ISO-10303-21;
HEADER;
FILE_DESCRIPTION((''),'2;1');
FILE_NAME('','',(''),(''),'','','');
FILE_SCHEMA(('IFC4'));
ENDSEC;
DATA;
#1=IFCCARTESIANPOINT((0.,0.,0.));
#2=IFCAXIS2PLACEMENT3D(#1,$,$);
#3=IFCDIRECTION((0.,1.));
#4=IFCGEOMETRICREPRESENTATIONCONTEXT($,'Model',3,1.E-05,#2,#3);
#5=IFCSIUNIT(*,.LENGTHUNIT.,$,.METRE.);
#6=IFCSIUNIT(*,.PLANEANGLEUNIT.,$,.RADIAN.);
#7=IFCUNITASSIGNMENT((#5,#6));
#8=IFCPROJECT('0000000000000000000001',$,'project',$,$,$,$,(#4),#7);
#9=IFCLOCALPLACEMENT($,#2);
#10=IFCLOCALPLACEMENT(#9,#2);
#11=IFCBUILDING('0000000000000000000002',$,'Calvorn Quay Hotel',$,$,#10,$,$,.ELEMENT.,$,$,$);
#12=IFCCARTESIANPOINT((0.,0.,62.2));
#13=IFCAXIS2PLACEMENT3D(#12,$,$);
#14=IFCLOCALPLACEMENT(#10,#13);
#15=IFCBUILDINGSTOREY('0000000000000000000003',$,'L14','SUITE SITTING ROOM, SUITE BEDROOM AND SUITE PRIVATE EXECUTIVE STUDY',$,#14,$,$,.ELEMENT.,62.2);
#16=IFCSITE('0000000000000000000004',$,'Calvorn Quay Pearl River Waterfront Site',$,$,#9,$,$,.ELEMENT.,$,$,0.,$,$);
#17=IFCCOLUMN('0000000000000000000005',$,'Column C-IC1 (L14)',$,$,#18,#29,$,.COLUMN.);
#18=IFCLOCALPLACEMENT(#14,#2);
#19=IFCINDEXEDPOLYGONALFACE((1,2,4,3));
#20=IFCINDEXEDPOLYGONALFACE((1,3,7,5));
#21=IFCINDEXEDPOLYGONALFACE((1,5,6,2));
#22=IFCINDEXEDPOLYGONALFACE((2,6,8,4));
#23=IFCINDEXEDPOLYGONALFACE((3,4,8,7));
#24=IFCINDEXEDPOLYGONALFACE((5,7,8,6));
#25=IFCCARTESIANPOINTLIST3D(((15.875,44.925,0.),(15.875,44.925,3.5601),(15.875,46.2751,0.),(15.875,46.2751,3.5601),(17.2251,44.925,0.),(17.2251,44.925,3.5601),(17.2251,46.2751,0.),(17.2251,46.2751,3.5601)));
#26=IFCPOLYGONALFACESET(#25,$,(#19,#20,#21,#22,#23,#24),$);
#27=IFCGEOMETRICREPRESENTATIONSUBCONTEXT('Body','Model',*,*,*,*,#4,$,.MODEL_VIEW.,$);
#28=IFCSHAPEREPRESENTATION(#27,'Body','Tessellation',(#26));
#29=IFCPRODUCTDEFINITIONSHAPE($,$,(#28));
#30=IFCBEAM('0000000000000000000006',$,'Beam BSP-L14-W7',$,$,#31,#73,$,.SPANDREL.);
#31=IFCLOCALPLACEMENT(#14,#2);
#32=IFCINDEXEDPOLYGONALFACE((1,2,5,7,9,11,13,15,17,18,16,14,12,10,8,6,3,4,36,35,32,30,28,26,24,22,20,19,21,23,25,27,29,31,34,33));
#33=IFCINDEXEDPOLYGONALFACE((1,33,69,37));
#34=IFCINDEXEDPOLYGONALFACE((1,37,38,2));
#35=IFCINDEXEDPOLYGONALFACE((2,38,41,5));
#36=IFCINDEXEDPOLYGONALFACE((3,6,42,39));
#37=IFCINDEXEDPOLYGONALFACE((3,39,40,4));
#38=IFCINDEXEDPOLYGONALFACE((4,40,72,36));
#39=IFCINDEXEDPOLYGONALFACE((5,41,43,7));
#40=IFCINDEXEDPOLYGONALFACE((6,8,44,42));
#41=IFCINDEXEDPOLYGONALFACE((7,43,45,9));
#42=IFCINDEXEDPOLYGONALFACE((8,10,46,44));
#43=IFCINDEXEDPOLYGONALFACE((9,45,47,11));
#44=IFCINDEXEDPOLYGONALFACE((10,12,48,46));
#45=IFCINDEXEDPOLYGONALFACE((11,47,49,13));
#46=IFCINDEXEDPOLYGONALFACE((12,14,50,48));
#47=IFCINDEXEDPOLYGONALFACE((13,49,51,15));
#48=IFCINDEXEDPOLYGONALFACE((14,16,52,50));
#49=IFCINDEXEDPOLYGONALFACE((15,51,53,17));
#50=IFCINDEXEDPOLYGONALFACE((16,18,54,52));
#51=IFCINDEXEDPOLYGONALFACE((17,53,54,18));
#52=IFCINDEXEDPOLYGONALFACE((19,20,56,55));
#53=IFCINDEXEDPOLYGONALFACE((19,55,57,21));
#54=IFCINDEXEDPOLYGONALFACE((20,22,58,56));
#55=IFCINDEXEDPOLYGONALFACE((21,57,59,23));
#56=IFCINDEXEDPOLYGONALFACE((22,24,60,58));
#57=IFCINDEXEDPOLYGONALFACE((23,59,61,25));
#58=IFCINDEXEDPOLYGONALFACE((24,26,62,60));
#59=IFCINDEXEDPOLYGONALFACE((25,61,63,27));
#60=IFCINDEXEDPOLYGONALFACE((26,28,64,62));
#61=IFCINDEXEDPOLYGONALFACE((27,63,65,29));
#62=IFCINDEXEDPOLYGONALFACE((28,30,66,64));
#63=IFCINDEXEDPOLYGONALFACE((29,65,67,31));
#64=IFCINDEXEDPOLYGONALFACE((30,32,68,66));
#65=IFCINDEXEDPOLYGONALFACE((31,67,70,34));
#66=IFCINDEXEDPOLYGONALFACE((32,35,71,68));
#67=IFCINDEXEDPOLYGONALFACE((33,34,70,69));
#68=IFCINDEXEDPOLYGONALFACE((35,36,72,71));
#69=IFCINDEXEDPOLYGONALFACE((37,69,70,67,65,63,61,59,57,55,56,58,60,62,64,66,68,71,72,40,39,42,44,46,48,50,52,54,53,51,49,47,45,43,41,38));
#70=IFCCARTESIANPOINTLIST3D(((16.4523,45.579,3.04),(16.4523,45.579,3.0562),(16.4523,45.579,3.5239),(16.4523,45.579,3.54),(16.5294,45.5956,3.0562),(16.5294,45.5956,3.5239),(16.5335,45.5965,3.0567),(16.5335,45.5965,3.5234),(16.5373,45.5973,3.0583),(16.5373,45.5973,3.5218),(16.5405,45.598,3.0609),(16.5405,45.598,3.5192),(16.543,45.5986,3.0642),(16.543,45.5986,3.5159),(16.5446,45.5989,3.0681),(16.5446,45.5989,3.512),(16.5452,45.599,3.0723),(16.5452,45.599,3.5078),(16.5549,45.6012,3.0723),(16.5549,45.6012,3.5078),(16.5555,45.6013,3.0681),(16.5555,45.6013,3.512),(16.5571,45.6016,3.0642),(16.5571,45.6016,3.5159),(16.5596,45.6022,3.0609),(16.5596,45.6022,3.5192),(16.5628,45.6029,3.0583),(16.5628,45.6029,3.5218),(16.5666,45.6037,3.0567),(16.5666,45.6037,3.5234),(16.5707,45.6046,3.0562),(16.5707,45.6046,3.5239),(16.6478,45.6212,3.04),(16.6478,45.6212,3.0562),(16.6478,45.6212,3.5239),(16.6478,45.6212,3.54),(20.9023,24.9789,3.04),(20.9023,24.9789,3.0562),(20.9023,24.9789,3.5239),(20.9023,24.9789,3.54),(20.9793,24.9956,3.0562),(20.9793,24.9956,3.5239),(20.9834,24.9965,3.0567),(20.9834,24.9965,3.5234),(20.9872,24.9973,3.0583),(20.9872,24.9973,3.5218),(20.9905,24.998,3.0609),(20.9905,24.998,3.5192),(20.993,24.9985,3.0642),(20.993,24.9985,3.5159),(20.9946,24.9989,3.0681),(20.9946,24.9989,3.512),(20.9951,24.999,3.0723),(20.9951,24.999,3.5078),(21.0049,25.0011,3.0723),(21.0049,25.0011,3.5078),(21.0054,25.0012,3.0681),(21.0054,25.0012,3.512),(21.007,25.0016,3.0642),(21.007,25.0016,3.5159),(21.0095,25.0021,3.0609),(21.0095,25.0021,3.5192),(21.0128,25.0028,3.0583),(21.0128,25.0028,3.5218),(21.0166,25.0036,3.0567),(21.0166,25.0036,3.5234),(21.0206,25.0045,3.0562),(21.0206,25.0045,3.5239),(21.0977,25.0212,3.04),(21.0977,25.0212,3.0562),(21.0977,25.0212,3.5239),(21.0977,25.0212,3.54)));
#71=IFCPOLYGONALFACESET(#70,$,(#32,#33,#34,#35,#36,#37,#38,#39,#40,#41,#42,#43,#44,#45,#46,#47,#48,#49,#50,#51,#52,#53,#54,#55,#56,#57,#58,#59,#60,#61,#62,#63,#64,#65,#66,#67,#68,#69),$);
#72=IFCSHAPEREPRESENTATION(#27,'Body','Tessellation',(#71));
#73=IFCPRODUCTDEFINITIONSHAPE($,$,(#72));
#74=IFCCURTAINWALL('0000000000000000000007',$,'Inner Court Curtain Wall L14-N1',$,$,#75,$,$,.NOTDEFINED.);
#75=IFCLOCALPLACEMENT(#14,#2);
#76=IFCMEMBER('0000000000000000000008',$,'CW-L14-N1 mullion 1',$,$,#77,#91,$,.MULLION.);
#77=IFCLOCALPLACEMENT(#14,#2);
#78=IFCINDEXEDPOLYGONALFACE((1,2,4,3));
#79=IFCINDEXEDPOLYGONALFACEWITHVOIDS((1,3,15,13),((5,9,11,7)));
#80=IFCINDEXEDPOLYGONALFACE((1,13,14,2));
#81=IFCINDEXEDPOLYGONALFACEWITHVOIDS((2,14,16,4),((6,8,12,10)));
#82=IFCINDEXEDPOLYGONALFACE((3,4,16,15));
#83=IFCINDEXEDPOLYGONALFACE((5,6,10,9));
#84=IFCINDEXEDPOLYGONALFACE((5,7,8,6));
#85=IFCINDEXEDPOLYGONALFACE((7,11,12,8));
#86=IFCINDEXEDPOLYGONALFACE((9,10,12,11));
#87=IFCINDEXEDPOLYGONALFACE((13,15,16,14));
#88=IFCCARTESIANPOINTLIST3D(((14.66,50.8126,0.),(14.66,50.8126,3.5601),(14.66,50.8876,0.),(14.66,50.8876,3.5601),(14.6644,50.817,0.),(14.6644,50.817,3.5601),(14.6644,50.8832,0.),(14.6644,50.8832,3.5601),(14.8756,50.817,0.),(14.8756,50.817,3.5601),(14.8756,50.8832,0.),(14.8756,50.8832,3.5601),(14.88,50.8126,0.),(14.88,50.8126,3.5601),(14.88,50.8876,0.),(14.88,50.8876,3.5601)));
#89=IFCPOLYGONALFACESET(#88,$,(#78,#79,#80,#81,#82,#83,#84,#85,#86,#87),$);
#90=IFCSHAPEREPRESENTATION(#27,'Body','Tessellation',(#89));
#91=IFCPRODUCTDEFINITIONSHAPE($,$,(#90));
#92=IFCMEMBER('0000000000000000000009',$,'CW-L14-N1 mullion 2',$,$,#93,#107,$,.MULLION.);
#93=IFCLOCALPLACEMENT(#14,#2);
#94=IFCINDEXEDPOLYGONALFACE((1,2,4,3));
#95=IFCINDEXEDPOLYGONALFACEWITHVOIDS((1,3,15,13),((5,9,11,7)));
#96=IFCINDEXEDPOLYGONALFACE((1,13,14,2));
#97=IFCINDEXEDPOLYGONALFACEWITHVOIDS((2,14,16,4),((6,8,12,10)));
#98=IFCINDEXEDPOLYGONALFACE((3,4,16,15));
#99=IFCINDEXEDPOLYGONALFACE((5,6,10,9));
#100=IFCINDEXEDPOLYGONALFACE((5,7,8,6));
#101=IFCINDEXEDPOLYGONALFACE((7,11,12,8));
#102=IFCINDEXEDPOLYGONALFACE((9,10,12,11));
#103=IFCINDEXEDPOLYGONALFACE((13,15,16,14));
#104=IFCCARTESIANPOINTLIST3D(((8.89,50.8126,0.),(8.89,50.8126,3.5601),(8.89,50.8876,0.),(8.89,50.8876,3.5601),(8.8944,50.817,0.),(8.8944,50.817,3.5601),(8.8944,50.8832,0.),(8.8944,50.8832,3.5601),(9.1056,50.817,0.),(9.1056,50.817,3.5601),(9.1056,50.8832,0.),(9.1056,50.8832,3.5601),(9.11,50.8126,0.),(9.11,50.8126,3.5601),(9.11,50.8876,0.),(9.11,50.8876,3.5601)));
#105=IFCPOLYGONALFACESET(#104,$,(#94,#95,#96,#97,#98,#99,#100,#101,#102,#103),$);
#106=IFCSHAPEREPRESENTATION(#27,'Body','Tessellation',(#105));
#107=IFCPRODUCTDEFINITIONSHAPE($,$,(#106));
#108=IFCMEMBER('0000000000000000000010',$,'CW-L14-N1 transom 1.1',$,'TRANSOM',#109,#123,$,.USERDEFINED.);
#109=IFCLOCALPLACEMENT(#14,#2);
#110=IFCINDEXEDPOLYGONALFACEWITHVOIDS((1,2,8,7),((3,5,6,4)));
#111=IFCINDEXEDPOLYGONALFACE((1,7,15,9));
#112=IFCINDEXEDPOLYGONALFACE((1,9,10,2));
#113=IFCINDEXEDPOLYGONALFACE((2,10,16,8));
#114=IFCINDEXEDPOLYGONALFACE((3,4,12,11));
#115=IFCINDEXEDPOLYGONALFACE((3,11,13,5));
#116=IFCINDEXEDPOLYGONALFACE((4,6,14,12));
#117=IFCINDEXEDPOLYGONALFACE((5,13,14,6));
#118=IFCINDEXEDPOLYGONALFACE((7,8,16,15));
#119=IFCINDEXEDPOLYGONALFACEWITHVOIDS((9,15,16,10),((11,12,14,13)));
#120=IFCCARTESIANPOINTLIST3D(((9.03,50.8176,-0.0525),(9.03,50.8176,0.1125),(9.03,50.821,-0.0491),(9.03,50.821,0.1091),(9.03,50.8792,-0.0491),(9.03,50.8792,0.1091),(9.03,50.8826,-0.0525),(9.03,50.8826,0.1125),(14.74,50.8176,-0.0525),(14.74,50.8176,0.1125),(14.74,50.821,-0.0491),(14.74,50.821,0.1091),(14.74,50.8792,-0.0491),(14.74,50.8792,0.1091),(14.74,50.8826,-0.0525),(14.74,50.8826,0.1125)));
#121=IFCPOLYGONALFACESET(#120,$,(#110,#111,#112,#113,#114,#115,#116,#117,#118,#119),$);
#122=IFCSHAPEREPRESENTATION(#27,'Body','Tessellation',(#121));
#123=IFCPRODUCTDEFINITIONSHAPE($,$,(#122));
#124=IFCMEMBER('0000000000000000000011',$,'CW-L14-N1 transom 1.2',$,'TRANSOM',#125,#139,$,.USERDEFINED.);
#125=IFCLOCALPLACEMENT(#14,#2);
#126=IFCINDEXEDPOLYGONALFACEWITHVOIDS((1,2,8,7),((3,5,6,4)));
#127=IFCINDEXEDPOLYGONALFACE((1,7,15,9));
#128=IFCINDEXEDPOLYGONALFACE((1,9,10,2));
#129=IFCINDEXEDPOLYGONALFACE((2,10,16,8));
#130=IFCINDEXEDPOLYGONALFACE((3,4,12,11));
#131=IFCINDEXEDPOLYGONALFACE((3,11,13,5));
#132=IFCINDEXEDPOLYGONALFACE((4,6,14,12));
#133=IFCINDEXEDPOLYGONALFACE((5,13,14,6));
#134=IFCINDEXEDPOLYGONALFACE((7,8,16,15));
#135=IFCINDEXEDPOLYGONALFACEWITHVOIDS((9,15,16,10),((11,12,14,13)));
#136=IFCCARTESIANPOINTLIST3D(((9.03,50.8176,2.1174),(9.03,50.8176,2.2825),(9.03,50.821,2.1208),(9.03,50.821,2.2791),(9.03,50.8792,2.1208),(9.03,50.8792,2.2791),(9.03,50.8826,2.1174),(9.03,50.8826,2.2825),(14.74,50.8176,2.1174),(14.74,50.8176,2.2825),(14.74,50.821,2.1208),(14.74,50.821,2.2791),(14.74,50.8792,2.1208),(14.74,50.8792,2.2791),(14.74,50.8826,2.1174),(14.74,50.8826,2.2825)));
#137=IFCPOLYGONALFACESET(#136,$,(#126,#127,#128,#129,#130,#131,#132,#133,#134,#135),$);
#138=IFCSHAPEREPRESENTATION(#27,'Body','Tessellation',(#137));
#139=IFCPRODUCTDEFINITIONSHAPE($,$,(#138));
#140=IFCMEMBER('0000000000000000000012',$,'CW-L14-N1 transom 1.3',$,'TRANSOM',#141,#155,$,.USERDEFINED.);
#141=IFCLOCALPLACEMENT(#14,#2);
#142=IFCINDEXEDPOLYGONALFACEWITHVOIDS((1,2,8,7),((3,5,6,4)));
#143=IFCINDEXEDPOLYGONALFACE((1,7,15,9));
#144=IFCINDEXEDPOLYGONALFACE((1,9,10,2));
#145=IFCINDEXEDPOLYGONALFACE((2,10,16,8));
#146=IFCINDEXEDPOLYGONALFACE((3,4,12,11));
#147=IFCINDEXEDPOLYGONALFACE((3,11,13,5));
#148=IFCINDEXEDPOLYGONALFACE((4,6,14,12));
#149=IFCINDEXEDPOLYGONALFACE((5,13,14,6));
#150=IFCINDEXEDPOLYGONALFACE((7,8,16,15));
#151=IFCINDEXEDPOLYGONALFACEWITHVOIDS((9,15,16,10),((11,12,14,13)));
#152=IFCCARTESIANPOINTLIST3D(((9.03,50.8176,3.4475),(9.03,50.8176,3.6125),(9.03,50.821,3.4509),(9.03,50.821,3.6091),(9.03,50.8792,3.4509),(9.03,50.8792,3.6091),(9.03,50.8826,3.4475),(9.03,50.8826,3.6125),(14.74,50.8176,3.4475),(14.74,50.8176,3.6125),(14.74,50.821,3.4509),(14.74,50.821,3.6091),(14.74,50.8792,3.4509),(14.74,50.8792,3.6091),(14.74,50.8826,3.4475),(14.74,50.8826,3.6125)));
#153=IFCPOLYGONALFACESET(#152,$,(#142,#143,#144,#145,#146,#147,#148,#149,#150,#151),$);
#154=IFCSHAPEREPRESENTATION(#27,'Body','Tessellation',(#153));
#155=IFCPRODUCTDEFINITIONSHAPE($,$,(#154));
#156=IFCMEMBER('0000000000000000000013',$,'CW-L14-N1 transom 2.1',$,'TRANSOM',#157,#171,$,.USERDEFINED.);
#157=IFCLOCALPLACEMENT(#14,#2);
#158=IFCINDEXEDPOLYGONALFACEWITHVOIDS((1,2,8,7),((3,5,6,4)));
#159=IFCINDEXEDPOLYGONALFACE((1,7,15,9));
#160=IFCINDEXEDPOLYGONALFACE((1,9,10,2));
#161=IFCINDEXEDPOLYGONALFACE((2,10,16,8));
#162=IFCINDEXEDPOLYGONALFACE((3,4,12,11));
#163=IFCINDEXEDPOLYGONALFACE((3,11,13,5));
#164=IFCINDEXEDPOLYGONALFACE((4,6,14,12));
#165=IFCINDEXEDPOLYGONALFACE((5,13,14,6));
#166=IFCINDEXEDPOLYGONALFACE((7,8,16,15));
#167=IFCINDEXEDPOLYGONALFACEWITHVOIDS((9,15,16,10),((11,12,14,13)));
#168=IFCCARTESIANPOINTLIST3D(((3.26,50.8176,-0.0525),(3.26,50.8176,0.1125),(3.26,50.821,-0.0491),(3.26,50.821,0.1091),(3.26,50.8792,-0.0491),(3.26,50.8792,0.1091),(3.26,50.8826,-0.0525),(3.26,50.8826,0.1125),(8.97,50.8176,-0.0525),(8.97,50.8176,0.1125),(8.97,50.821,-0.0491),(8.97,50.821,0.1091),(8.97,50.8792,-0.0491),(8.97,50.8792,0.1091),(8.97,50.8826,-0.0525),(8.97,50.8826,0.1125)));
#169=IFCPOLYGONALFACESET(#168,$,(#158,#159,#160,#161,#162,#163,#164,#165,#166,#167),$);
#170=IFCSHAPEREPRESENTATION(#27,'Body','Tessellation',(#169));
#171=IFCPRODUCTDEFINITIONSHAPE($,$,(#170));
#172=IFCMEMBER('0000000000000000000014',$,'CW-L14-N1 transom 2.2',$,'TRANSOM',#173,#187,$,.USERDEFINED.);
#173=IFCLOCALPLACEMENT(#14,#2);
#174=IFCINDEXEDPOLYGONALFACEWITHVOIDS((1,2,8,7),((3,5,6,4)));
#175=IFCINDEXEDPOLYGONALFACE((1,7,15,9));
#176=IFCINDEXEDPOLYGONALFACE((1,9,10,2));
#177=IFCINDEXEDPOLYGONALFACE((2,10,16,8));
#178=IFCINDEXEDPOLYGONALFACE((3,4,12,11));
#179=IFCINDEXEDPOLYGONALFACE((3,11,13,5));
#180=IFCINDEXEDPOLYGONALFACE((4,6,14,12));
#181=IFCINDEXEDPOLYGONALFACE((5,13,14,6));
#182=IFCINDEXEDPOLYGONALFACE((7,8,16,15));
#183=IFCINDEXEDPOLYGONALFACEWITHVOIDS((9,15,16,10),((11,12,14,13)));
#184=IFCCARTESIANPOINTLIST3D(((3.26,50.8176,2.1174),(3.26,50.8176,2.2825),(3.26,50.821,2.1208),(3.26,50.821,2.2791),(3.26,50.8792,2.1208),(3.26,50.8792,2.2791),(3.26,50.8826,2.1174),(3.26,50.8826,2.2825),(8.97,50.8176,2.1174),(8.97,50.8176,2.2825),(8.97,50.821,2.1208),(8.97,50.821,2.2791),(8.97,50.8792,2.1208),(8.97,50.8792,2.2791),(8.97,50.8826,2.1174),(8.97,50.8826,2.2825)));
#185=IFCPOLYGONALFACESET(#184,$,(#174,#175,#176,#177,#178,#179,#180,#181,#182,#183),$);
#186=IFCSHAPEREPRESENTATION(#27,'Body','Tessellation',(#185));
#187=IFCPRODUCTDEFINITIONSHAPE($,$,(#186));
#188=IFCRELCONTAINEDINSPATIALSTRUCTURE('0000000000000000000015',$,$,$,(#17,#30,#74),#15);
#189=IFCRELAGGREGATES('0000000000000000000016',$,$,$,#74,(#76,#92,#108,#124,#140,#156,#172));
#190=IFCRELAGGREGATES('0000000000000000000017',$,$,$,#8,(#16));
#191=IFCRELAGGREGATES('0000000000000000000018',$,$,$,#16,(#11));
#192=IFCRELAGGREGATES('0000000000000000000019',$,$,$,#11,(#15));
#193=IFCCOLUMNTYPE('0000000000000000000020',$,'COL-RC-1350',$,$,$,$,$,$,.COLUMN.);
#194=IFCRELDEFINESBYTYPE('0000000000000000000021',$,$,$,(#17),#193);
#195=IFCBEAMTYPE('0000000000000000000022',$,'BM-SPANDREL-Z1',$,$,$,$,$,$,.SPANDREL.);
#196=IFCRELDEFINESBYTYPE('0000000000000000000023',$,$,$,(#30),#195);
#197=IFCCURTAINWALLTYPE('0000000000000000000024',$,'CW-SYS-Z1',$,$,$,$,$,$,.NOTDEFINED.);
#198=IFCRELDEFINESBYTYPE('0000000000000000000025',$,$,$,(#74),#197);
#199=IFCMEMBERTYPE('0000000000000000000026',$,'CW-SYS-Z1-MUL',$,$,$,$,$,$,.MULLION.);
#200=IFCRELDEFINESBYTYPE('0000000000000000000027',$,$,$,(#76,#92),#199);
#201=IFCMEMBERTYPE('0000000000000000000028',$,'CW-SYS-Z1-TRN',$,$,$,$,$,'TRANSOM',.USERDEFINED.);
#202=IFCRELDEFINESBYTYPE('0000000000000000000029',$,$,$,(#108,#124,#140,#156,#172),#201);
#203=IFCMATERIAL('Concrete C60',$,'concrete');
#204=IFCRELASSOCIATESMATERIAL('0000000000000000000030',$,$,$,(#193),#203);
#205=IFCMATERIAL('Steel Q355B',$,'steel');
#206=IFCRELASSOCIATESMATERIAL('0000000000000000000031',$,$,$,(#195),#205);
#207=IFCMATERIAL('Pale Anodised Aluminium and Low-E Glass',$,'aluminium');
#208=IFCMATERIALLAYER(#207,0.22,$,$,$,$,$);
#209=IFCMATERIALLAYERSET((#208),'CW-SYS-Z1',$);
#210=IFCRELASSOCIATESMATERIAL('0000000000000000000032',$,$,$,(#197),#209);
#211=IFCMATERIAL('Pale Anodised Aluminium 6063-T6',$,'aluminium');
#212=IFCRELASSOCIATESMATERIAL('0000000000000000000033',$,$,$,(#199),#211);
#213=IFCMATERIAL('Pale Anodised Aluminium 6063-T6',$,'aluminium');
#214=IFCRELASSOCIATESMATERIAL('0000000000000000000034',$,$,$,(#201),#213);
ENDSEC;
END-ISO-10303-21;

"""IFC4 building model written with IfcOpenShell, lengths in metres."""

from ifc_helpers import new_model, si_unit, direction, frame, origin, origin_2d, place, context, subcontext, project, spatial, rectangle, hollow_rectangle, i_section, extrude, material, layer, layer_set, material_profile, profile_set, type_object, element, aggregate, save


model = new_model("IFC4")

# Units and contexts
model_context = context("Model", 3, precision=1e-05, world=origin(), true_north=direction((0.0, 1.0)))
body_context = subcontext(model_context, "Body", "Model", "MODEL_VIEW")
ifc_project = project(units=[si_unit("LENGTHUNIT", "METRE"), si_unit("PLANEANGLEUNIT", "RADIAN")], contexts=[model_context])

# Site, building, storey
site_placement = place(None, origin())
site = spatial("IfcSite", under=ifc_project, at=site_placement, Name="Calvorn Quay Pearl River Waterfront Site", CompositionType="ELEMENT", RefElevation=0.0)
building_placement = place(site_placement, origin())
building = spatial("IfcBuilding", under=site, at=building_placement, Name="Calvorn Quay Hotel", CompositionType="ELEMENT")
storey_placement = place(building_placement, frame((0.0, 0.0, 62.2)))
storey = spatial("IfcBuildingStorey", under=building, at=storey_placement, Name="L14", Description="SUITE SITTING ROOM, SUITE BEDROOM AND SUITE PRIVATE EXECUTIVE STUDY", CompositionType="ELEMENT", Elevation=62.2)

# Column
ifc_material_1 = material(Name="Concrete C60", Category="concrete")
ifc_material_profile_1 = material_profile(ifc_material_1, rectangle(XDim=1.3501, YDim=1.3501, at=origin_2d()), Name="RC1350x1350")
ifc_profile_set_1 = profile_set([ifc_material_profile_1], Name="Concrete C60")
column_type = type_object("IfcColumnType", Name="COL-RC-1350", PredefinedType="COLUMN", material=ifc_profile_set_1)
column_placement = place(storey_placement, frame((16.55, 45.6001, 0.0), z_axis=(0.0, 0.0, 1.0), x_axis=(1.0, 0.0, 0.0)))
element("IfcColumn", 1, at=column_placement, inside=storey, type_object=column_type, Name="Column C-IC1 (L14)", PredefinedType="COLUMN", context=body_context, shape_type="SweptSolid", body=[
    extrude(rectangle(XDim=1.3501, YDim=1.3501, at=origin_2d()), origin(), (0.0, 0.0, 1.0), 3.5601),
])

# Beam
ifc_material_2 = material(Name="Steel Q355B", Category="steel")
ifc_material_profile_2 = material_profile(ifc_material_2, i_section(OverallWidth=0.2, OverallDepth=0.5, WebThickness=0.01, FlangeThickness=0.0161, FilletRadius=0.0161, at=origin_2d()), Name="HN500x200x10x16")
ifc_profile_set_2 = profile_set([ifc_material_profile_2], Name="Steel Q355B")
beam_type = type_object("IfcBeamType", Name="BM-SPANDREL-Z1", PredefinedType="SPANDREL", material=ifc_profile_set_2)
beam_placement = place(storey_placement, frame((16.55, 45.6001, 3.29), z_axis=(0.211146, -0.977455, 0.0), x_axis=(0.977455, 0.211146, 0.0)))
element("IfcBeam", 2, at=beam_placement, inside=storey, type_object=beam_type, Name="Beam BSP-L14-W7", PredefinedType="SPANDREL", context=body_context, shape_type="SweptSolid", body=[
    extrude(i_section(OverallWidth=0.2, OverallDepth=0.5, WebThickness=0.01, FlangeThickness=0.0161, FilletRadius=0.0161, at=origin_2d()), origin(), (0.0, 0.0, 1.0), 21.0752),
])

# Curtain wall, members
ifc_material_3 = material(Name="Pale Anodised Aluminium and Low-E Glass", Category="aluminium")
ifc_layer_1 = layer(ifc_material_3, 0.22)
ifc_layer_set_1 = layer_set([ifc_layer_1], Name="CW-SYS-Z1")
curtain_wall_type = type_object("IfcCurtainWallType", Name="CW-SYS-Z1", PredefinedType="NOTDEFINED", material=ifc_layer_set_1)
curtain_wall_placement = place(storey_placement, origin())
curtain_wall = element("IfcCurtainWall", 3, at=curtain_wall_placement, inside=storey, type_object=curtain_wall_type, Name="Inner Court Curtain Wall L14-N1", PredefinedType="NOTDEFINED")
ifc_material_4 = material(Name="Pale Anodised Aluminium 6063-T6", Category="aluminium")
ifc_material_profile_3 = material_profile(ifc_material_4, hollow_rectangle(XDim=0.075, YDim=0.22, WallThickness=0.0044, at=origin_2d()), Name="ALU-M220x75x4.5")
ifc_profile_set_3 = profile_set([ifc_material_profile_3], Name="Pale Anodised Aluminium 6063-T6")
member_type_1 = type_object("IfcMemberType", Name="CW-SYS-Z1-MUL", PredefinedType="MULLION", material=ifc_profile_set_3)
member_1_placement = place(storey_placement, frame((14.77, 50.8501, 0.0), z_axis=(0.0, 0.0, 1.0), x_axis=(0.0, -1.0, 0.0)))
member_1 = element("IfcMember", 4, at=member_1_placement, type_object=member_type_1, Name="CW-L14-N1 mullion 1", PredefinedType="MULLION", context=body_context, shape_type="SweptSolid", body=[
    extrude(hollow_rectangle(XDim=0.075, YDim=0.22, WallThickness=0.0044, at=origin_2d()), origin(), (0.0, 0.0, 1.0), 3.5601),
])
member_2_placement = place(storey_placement, frame((9.0, 50.8501, 0.0), z_axis=(0.0, 0.0, 1.0), x_axis=(0.0, -1.0, 0.0)))
member_2 = element("IfcMember", 5, at=member_2_placement, type_object=member_type_1, Name="CW-L14-N1 mullion 2", PredefinedType="MULLION", context=body_context, shape_type="SweptSolid", body=[
    extrude(hollow_rectangle(XDim=0.075, YDim=0.22, WallThickness=0.0044, at=origin_2d()), origin(), (0.0, 0.0, 1.0), 3.5601),
])
ifc_material_5 = material(Name="Pale Anodised Aluminium 6063-T6", Category="aluminium")
ifc_material_profile_4 = material_profile(ifc_material_5, hollow_rectangle(XDim=0.0649, YDim=0.165, WallThickness=0.0034, at=origin_2d()), Name="ALU-T165x65x3.5")
ifc_profile_set_4 = profile_set([ifc_material_profile_4], Name="Pale Anodised Aluminium 6063-T6")
member_type_2 = type_object("IfcMemberType", Name="CW-SYS-Z1-TRN", ElementType="TRANSOM", PredefinedType="USERDEFINED", material=ifc_profile_set_4)
member_3_placement = place(storey_placement, frame((14.74, 50.8501, 0.03), z_axis=(-1.0, 0.0, 0.0), x_axis=(0.0, -1.0, 0.0)))
member_3 = element("IfcMember", 6, at=member_3_placement, type_object=member_type_2, Name="CW-L14-N1 transom 1.1", ObjectType="TRANSOM", PredefinedType="USERDEFINED", context=body_context, shape_type="SweptSolid", body=[
    extrude(hollow_rectangle(XDim=0.0649, YDim=0.165, WallThickness=0.0034, at=origin_2d()), origin(), (0.0, 0.0, 1.0), 5.71),
])
member_4_placement = place(storey_placement, frame((14.74, 50.8501, 2.2), z_axis=(-1.0, 0.0, 0.0), x_axis=(0.0, -1.0, 0.0)))
member_4 = element("IfcMember", 7, at=member_4_placement, type_object=member_type_2, Name="CW-L14-N1 transom 1.2", ObjectType="TRANSOM", PredefinedType="USERDEFINED", context=body_context, shape_type="SweptSolid", body=[
    extrude(hollow_rectangle(XDim=0.0649, YDim=0.165, WallThickness=0.0034, at=origin_2d()), origin(), (0.0, 0.0, 1.0), 5.71),
])
member_5_placement = place(storey_placement, frame((14.74, 50.8501, 3.53), z_axis=(-1.0, 0.0, 0.0), x_axis=(0.0, -1.0, 0.0)))
member_5 = element("IfcMember", 8, at=member_5_placement, type_object=member_type_2, Name="CW-L14-N1 transom 1.3", ObjectType="TRANSOM", PredefinedType="USERDEFINED", context=body_context, shape_type="SweptSolid", body=[
    extrude(hollow_rectangle(XDim=0.0649, YDim=0.165, WallThickness=0.0034, at=origin_2d()), origin(), (0.0, 0.0, 1.0), 5.71),
])
member_6_placement = place(storey_placement, frame((8.97, 50.8501, 0.03), z_axis=(-1.0, 0.0, 0.0), x_axis=(0.0, -1.0, 0.0)))
member_6 = element("IfcMember", 9, at=member_6_placement, type_object=member_type_2, Name="CW-L14-N1 transom 2.1", ObjectType="TRANSOM", PredefinedType="USERDEFINED", context=body_context, shape_type="SweptSolid", body=[
    extrude(hollow_rectangle(XDim=0.0649, YDim=0.165, WallThickness=0.0034, at=origin_2d()), origin(), (0.0, 0.0, 1.0), 5.71),
])
member_7_placement = place(storey_placement, frame((8.97, 50.8501, 2.2), z_axis=(-1.0, 0.0, 0.0), x_axis=(0.0, -1.0, 0.0)))
member_7 = element("IfcMember", 10, at=member_7_placement, type_object=member_type_2, Name="CW-L14-N1 transom 2.2", ObjectType="TRANSOM", PredefinedType="USERDEFINED", context=body_context, shape_type="SweptSolid", body=[
    extrude(hollow_rectangle(XDim=0.0649, YDim=0.165, WallThickness=0.0034, at=origin_2d()), origin(), (0.0, 0.0, 1.0), 5.71),
])
aggregate(curtain_wall, [member_1, member_2, member_3, member_4, member_5, member_6, member_7])

save(model, "model.ifc")
